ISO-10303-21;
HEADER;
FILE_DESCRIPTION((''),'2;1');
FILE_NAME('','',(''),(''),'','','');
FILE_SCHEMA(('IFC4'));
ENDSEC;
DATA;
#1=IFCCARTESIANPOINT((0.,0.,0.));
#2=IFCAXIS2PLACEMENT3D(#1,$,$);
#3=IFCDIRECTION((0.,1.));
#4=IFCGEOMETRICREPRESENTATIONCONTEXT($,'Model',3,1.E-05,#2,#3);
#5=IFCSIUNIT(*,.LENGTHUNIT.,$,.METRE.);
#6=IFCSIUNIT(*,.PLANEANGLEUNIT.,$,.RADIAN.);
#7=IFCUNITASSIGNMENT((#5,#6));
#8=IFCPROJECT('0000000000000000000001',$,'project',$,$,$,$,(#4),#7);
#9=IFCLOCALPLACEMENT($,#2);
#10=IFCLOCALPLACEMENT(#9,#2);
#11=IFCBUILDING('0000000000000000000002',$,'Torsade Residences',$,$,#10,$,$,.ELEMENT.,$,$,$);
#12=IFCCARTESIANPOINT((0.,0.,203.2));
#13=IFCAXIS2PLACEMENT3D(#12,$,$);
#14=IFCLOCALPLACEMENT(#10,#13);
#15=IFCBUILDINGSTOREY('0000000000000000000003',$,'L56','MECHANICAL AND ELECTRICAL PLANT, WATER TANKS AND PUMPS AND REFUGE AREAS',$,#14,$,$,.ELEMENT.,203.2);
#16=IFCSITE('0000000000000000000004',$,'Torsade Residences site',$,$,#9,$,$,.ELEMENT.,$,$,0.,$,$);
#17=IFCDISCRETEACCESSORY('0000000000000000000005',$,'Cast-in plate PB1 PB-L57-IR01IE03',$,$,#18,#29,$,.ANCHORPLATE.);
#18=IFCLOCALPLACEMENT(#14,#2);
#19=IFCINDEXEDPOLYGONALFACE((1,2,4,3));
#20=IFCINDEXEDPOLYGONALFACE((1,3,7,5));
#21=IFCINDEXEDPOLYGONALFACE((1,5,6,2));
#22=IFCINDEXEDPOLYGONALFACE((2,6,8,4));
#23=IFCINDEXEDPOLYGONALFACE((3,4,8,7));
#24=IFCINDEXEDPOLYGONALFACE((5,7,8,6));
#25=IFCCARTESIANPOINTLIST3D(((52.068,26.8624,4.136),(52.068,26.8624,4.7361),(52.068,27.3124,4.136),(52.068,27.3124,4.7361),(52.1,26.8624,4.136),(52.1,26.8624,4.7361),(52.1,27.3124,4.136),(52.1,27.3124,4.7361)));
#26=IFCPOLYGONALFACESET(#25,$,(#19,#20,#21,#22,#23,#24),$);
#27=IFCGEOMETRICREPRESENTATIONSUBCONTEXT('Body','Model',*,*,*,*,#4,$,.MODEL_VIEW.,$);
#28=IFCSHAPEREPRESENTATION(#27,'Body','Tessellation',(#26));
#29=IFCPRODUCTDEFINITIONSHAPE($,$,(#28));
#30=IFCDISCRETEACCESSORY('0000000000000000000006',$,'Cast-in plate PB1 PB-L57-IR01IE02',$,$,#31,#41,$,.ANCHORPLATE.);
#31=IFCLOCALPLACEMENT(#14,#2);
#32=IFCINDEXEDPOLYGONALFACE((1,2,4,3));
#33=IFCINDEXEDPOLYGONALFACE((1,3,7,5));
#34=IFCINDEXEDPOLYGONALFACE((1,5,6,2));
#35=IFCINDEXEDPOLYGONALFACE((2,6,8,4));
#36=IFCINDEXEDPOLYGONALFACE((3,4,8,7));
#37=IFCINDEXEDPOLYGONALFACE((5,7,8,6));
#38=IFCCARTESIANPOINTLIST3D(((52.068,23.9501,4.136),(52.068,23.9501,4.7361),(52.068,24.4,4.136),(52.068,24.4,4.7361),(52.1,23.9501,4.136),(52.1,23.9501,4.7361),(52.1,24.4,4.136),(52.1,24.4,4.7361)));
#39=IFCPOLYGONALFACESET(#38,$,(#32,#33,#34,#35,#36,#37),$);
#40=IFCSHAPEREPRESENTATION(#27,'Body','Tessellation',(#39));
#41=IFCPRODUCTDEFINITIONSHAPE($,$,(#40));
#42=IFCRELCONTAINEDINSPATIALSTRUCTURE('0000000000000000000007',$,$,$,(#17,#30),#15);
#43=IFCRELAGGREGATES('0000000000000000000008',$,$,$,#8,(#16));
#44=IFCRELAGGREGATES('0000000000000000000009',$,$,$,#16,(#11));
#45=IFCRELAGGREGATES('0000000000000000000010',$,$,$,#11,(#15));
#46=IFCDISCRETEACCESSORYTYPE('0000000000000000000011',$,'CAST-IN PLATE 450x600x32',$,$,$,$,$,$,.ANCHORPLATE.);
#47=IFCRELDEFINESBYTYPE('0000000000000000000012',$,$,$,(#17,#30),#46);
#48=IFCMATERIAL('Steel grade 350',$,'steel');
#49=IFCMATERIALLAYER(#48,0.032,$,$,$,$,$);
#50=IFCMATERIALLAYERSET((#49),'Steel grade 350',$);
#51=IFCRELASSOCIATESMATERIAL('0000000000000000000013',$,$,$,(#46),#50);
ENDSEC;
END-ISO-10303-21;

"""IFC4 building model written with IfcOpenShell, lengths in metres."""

from ifc_helpers import new_model, si_unit, direction, frame, origin, origin_2d, place, context, subcontext, project, spatial, rectangle, extrude, material, layer, layer_set, type_object, element, save


model = new_model("IFC4")

# Units and contexts
model_context = context("Model", 3, precision=1e-05, world=origin(), true_north=direction((0.0, 1.0)))
body_context = subcontext(model_context, "Body", "Model", "MODEL_VIEW")
ifc_project = project(units=[si_unit("LENGTHUNIT", "METRE"), si_unit("PLANEANGLEUNIT", "RADIAN")], contexts=[model_context])

# Site, building, storey
site_placement = place(None, origin())
site = spatial("IfcSite", under=ifc_project, at=site_placement, Name="Torsade Residences site", CompositionType="ELEMENT", RefElevation=0.0)
building_placement = place(site_placement, origin())
building = spatial("IfcBuilding", under=site, at=building_placement, Name="Torsade Residences", CompositionType="ELEMENT")
storey_placement = place(building_placement, frame((0.0, 0.0, 203.2)))
storey = spatial("IfcBuildingStorey", under=building, at=storey_placement, Name="L56", Description="MECHANICAL AND ELECTRICAL PLANT, WATER TANKS AND PUMPS AND REFUGE AREAS", CompositionType="ELEMENT", Elevation=203.2)

# Discrete accessories
ifc_material_1 = material(Name="Steel grade 350", Category="steel")
ifc_layer_1 = layer(ifc_material_1, 0.032)
ifc_layer_set_1 = layer_set([ifc_layer_1], Name="Steel grade 350")
discrete_accessory_type = type_object("IfcDiscreteAccessoryType", Name="CAST-IN PLATE 450x600x32", PredefinedType="ANCHORPLATE", material=ifc_layer_set_1)
for number, where, z_axis, x_axis, name in (
    (1, (52.084, 27.0874, 4.136), (0.0, 0.0, 1.0), (1.0, 0.0, 0.0), "Cast-in plate PB1 PB-L57-IR01IE03"),
    (2, (52.084, 24.175, 4.136), (0.0, 0.0, 1.0), (1.0, 0.0, 0.0), "Cast-in plate PB1 PB-L57-IR01IE02"),
):
    element("IfcDiscreteAccessory", number, at=place(storey_placement, frame(where, z_axis=z_axis, x_axis=x_axis)), inside=storey, type_object=discrete_accessory_type, Name=name, PredefinedType="ANCHORPLATE", context=body_context, shape_type="SweptSolid", body=[
        extrude(rectangle(XDim=0.032, YDim=0.45, at=origin_2d()), origin(), (0.0, 0.0, 1.0), 0.6001),
    ])

save(model, "model.ifc")
